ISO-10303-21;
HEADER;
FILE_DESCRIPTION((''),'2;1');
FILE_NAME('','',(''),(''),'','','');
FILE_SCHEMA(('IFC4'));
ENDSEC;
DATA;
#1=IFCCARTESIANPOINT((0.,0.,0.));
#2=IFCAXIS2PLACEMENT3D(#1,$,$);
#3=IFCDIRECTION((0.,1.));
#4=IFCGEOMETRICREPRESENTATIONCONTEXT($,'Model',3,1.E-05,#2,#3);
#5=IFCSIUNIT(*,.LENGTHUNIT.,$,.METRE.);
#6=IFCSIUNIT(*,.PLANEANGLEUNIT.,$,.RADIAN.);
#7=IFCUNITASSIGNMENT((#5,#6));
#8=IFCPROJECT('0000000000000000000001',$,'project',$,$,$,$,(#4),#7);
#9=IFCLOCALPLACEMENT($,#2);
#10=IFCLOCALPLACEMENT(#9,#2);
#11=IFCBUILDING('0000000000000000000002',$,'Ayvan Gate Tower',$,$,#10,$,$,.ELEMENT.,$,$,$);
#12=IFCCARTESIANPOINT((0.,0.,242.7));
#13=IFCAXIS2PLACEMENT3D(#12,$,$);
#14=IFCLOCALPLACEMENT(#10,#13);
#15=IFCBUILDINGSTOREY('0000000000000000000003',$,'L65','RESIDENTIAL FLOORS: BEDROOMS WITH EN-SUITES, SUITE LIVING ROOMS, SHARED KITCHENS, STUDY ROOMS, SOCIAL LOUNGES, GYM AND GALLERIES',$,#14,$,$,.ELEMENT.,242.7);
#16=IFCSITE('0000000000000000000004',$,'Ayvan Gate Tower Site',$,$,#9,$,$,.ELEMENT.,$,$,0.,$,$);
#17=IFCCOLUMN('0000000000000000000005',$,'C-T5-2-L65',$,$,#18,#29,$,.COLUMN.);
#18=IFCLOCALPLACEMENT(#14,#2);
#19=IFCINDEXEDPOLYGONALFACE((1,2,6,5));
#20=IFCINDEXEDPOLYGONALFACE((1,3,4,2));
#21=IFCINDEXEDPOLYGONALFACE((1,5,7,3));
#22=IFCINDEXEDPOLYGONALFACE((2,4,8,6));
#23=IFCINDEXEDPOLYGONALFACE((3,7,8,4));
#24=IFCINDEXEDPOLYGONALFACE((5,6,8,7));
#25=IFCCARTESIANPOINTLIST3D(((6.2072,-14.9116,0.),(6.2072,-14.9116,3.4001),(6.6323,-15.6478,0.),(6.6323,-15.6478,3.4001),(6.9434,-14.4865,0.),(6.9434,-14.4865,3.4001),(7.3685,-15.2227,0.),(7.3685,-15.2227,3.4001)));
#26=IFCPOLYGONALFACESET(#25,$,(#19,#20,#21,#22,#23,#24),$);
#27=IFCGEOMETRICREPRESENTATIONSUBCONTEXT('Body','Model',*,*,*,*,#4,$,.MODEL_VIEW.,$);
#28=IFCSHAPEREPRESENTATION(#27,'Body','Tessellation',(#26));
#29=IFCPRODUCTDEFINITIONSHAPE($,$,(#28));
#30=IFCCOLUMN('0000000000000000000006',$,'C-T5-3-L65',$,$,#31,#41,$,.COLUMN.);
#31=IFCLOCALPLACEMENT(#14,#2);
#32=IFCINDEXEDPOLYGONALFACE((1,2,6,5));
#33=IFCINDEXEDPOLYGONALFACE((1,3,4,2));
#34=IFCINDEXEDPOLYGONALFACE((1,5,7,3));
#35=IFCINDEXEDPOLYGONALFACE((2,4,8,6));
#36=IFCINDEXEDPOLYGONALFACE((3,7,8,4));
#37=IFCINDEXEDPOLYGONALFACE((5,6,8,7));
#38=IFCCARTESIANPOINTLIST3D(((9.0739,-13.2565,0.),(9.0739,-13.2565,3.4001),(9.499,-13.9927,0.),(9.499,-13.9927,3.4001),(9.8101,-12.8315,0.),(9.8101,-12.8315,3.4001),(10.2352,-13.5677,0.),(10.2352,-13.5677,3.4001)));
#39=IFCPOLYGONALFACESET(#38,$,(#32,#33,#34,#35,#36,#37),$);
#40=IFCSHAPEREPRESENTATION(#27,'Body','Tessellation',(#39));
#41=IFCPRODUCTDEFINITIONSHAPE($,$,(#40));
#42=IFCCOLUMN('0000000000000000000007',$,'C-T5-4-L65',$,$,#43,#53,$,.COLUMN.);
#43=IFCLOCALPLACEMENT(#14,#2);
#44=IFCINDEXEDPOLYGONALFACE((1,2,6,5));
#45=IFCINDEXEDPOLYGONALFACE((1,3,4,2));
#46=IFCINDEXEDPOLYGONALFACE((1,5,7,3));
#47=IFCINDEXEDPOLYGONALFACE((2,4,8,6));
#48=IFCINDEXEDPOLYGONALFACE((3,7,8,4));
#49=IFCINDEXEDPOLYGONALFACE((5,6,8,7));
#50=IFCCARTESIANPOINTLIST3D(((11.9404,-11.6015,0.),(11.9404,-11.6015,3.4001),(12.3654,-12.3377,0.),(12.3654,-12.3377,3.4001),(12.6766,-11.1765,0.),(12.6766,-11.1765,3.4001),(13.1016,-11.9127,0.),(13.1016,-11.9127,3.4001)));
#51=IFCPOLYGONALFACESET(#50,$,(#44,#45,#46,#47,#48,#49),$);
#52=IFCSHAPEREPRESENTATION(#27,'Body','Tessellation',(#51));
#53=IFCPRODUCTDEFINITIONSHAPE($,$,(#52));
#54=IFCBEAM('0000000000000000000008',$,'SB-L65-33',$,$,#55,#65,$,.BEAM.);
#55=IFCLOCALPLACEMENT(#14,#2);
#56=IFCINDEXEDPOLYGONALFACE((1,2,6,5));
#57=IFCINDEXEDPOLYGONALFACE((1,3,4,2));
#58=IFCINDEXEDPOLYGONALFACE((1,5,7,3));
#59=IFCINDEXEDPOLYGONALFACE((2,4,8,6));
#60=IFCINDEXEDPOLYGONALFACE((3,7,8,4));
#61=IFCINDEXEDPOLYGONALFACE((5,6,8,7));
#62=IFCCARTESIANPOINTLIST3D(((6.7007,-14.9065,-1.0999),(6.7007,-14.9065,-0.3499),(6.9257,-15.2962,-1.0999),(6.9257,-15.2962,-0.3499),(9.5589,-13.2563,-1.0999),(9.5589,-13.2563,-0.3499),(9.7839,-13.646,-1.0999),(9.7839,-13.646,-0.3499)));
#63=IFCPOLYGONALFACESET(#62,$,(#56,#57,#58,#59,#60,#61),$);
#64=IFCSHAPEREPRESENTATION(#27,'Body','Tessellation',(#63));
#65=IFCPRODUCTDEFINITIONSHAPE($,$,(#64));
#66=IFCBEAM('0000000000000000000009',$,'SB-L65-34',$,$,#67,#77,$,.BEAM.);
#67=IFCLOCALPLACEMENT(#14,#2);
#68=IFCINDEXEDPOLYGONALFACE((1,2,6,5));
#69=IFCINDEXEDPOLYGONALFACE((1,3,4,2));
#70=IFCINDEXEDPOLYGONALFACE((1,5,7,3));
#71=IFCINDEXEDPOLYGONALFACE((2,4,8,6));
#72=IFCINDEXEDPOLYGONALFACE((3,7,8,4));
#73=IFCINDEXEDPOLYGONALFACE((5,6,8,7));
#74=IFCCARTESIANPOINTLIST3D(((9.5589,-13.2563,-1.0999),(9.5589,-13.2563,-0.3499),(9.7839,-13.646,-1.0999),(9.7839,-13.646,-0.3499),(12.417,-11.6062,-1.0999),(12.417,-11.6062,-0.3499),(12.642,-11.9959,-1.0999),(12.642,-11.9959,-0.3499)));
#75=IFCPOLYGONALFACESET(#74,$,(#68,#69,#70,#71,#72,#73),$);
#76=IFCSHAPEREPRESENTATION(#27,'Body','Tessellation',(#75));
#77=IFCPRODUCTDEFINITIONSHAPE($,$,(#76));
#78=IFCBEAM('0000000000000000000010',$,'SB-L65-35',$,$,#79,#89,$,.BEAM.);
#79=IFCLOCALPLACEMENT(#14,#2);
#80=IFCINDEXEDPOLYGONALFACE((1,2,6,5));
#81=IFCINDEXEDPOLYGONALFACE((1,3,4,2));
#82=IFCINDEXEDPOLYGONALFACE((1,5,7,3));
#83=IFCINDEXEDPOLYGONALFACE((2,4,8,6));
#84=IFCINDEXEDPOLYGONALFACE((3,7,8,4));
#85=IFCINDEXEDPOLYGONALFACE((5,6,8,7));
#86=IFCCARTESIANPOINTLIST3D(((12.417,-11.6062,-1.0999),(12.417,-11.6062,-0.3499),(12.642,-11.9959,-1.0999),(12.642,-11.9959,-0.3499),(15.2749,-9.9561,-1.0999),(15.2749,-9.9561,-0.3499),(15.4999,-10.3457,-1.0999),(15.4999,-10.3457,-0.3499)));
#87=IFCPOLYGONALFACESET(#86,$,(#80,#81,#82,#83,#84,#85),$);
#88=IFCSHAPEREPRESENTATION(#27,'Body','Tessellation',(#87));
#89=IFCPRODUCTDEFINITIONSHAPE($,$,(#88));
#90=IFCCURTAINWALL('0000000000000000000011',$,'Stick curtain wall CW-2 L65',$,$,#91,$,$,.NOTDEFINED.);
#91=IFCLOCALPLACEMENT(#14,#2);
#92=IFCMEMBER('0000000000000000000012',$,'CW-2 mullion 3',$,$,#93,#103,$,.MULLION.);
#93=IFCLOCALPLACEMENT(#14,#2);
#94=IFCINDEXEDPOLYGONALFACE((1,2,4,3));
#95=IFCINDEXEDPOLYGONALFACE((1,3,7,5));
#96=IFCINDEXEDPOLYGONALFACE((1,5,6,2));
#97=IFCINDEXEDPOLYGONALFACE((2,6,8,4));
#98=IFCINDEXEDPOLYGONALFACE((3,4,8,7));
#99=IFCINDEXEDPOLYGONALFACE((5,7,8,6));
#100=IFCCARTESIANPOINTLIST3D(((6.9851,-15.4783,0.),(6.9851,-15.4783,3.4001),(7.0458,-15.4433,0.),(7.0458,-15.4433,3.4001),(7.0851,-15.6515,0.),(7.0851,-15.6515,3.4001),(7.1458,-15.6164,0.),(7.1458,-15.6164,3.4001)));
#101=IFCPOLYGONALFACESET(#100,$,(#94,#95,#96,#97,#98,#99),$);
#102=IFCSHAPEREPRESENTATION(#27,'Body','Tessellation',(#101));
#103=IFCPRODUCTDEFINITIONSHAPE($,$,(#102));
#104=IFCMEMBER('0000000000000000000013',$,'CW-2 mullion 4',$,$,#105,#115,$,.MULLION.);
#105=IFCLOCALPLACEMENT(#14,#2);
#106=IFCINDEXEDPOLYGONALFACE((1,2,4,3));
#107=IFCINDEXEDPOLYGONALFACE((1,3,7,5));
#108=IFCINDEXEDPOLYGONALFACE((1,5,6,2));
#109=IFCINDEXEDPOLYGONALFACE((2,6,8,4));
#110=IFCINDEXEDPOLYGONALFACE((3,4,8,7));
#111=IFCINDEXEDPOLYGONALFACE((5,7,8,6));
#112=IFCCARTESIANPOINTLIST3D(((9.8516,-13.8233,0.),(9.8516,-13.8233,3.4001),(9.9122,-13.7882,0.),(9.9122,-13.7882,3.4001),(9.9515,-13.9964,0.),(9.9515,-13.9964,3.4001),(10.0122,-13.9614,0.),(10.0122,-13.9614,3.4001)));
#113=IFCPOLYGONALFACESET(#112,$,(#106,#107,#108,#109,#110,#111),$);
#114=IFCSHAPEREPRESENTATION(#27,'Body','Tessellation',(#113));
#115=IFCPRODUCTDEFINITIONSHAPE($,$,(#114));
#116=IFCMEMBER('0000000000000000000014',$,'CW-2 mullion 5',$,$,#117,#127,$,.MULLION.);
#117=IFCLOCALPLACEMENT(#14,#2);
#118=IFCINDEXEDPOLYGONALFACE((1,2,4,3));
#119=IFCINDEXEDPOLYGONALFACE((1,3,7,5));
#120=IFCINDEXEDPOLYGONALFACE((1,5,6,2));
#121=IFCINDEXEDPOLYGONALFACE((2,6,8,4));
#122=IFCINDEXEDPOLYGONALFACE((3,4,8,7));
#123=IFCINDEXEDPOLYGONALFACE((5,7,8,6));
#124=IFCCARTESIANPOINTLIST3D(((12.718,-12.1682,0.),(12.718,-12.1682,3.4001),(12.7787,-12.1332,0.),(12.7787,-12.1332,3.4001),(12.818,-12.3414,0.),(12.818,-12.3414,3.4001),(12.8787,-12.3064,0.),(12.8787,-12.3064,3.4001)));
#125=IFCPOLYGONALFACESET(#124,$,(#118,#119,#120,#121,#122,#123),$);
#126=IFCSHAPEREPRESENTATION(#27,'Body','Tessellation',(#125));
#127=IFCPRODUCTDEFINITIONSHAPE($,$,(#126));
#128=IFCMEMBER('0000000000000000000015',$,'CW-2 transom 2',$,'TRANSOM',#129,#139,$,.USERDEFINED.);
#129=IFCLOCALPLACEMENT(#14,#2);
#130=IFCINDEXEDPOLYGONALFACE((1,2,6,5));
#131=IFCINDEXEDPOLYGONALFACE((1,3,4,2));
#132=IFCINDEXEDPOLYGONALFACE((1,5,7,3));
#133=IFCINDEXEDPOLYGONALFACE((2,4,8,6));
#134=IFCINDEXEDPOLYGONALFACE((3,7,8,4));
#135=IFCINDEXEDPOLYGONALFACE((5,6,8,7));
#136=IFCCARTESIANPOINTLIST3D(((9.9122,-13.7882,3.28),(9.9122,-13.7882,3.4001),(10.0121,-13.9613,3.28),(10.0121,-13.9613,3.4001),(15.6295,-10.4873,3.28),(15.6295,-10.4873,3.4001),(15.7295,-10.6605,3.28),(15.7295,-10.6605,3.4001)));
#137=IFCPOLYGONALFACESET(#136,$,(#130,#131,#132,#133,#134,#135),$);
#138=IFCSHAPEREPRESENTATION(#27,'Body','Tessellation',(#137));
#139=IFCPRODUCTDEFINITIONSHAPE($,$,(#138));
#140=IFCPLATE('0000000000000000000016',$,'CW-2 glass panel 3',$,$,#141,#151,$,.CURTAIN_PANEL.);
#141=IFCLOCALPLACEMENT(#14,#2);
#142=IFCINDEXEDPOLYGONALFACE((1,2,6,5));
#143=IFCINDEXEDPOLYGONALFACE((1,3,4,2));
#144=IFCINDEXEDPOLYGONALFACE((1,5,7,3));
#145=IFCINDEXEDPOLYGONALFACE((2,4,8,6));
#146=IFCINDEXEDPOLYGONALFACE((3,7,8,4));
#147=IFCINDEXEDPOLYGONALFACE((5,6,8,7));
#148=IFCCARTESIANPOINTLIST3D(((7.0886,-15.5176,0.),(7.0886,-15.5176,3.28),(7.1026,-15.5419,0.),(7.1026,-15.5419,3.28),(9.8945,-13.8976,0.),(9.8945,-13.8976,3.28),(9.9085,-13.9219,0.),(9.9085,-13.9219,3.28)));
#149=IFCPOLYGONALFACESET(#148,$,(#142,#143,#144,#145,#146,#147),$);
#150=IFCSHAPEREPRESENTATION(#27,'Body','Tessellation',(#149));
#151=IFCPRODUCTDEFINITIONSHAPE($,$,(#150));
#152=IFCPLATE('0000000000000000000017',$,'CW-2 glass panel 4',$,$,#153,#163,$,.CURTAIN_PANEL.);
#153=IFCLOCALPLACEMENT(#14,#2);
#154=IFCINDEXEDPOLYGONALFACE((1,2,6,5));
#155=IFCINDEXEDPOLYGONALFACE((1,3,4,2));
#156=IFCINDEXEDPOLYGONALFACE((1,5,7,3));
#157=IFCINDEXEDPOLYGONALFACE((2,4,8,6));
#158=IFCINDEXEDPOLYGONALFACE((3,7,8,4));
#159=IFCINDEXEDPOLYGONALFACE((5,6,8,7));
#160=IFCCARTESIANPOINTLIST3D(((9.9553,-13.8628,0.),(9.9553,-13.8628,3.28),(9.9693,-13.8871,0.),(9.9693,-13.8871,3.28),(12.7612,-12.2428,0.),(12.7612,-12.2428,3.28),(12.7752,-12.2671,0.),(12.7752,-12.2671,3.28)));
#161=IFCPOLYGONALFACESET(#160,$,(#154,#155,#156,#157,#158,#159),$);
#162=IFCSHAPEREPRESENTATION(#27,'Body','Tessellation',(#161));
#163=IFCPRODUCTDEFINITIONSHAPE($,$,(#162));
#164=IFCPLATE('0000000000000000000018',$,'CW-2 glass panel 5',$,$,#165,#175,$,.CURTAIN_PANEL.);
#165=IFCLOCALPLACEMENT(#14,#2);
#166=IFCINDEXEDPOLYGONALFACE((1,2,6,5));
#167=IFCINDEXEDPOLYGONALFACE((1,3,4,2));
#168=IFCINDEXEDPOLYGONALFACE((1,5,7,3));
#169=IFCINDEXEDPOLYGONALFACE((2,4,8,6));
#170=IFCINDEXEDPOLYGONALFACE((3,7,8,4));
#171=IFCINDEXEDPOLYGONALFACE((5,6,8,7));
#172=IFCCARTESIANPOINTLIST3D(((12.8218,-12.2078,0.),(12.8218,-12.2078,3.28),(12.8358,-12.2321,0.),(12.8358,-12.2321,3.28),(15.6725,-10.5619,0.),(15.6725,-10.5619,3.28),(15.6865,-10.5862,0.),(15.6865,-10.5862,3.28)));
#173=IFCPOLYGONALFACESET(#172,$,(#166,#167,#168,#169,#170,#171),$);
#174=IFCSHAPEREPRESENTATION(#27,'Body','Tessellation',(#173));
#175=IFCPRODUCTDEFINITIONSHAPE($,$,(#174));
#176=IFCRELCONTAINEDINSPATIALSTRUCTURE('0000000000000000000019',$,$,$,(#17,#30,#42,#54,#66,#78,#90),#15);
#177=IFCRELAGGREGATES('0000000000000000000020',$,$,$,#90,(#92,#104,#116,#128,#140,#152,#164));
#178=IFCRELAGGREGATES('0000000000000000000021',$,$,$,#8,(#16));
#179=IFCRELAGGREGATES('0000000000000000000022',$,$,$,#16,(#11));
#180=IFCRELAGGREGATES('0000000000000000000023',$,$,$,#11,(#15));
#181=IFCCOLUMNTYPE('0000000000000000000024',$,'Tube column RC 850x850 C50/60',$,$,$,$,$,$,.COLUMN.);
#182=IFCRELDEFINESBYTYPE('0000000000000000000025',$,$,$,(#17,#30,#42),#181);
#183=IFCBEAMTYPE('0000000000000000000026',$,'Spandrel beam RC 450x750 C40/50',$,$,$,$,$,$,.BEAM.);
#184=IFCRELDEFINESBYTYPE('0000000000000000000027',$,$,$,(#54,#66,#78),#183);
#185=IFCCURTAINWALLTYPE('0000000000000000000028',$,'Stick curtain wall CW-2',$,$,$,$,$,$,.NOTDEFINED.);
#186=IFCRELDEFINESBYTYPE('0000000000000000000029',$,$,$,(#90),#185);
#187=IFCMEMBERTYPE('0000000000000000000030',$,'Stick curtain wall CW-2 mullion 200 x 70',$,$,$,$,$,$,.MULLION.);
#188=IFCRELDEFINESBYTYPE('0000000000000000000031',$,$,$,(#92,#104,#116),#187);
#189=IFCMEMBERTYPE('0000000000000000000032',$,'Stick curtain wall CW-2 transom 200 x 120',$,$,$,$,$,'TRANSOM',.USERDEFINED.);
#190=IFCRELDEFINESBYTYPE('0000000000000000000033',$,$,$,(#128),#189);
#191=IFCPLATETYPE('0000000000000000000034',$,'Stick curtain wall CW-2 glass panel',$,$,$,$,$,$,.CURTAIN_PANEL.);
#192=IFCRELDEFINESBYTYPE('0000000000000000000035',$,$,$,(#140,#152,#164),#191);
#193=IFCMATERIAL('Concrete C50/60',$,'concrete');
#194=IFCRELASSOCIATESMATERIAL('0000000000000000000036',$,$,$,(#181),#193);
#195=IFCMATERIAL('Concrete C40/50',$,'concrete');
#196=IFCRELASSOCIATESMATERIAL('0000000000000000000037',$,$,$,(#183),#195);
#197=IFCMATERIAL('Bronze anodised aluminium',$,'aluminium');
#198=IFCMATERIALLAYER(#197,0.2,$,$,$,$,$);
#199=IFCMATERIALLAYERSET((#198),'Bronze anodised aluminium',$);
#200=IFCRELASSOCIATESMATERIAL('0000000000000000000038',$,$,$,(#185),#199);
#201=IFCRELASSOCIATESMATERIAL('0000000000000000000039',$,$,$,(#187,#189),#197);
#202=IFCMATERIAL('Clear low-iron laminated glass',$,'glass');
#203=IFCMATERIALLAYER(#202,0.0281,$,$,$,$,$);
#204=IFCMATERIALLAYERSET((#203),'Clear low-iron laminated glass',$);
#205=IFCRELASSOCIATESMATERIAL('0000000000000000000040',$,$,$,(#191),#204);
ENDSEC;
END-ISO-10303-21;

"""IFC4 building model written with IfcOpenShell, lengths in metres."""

from ifc_helpers import new_model, si_unit, direction, frame, origin, origin_2d, place, context, subcontext, project, spatial, rectangle, extrude, material, layer, layer_set, material_profile, profile_set, type_object, element, aggregate, save


model = new_model("IFC4")

# Units and contexts
model_context = context("Model", 3, precision=1e-05, world=origin(), true_north=direction((0.0, 1.0)))
body_context = subcontext(model_context, "Body", "Model", "MODEL_VIEW")
ifc_project = project(units=[si_unit("LENGTHUNIT", "METRE"), si_unit("PLANEANGLEUNIT", "RADIAN")], contexts=[model_context])

# Site, building, storey
site_placement = place(None, origin())
site = spatial("IfcSite", under=ifc_project, at=site_placement, Name="Ayvan Gate Tower Site", CompositionType="ELEMENT", RefElevation=0.0)
building_placement = place(site_placement, origin())
building = spatial("IfcBuilding", under=site, at=building_placement, Name="Ayvan Gate Tower", CompositionType="ELEMENT")
storey_placement = place(building_placement, frame((0.0, 0.0, 242.7)))
storey = spatial("IfcBuildingStorey", under=building, at=storey_placement, Name="L65", Description="RESIDENTIAL FLOORS: BEDROOMS WITH EN-SUITES, SUITE LIVING ROOMS, SHARED KITCHENS, STUDY ROOMS, SOCIAL LOUNGES, GYM AND GALLERIES", CompositionType="ELEMENT", Elevation=242.7)

# Columns
ifc_material_1 = material(Name="Concrete C50/60", Category="concrete")
ifc_material_profile_1 = material_profile(ifc_material_1, rectangle(XDim=0.8501, YDim=0.8501, at=origin_2d()), Name="RC 850x850")
ifc_profile_set_1 = profile_set([ifc_material_profile_1], Name="Concrete C50/60")
column_type = type_object("IfcColumnType", Name="Tube column RC 850x850 C50/60", PredefinedType="COLUMN", material=ifc_profile_set_1)
for number, where, z_axis, x_axis, name in (
    (1, (6.7878, -15.0671, 0.0), (0.0, 0.0, 1.0), (0.5, -0.866025, 0.0), "C-T5-2-L65"),
    (2, (9.6545, -13.4121, 0.0), (0.0, 0.0, 1.0), (0.5, -0.866025, 0.0), "C-T5-3-L65"),
    (3, (12.521, -11.7571, 0.0), (0.0, 0.0, 1.0), (0.5, -0.866025, 0.0), "C-T5-4-L65"),
):
    element("IfcColumn", number, at=place(storey_placement, frame(where, z_axis=z_axis, x_axis=x_axis)), inside=storey, type_object=column_type, Name=name, PredefinedType="COLUMN", context=body_context, shape_type="SweptSolid", body=[
        extrude(rectangle(XDim=0.8501, YDim=0.8501, at=origin_2d()), origin(), (0.0, 0.0, 1.0), 3.4001),
    ])

# Beams
ifc_material_2 = material(Name="Concrete C40/50", Category="concrete")
ifc_material_profile_2 = material_profile(ifc_material_2, rectangle(XDim=0.45, YDim=0.75, at=origin_2d()), Name="RC 450x750")
ifc_profile_set_2 = profile_set([ifc_material_profile_2], Name="Concrete C40/50")
beam_type = type_object("IfcBeamType", Name="Spandrel beam RC 450x750 C40/50", PredefinedType="BEAM", material=ifc_profile_set_2)
for number, where, z_axis, x_axis, name in (
    (4, (6.8132, -15.1013, -0.7249), (0.866027, 0.499998, 0.0), (-0.499998, 0.866027, 0.0), "SB-L65-33"),
    (5, (9.6714, -13.4512, -0.7249), (0.866027, 0.499998, 0.0), (-0.499998, 0.866027, 0.0), "SB-L65-34"),
):
    element("IfcBeam", number, at=place(storey_placement, frame(where, z_axis=z_axis, x_axis=x_axis)), inside=storey, type_object=beam_type, Name=name, PredefinedType="BEAM", context=body_context, shape_type="SweptSolid", body=[
        extrude(rectangle(XDim=0.45, YDim=0.75, at=origin_2d()), origin(), (0.0, 0.0, 1.0), 3.3003),
    ])
beam_placement = place(storey_placement, frame((12.5295, -11.801, -0.7249), z_axis=(0.866008, 0.50003, 0.0), x_axis=(-0.50003, 0.866008, 0.0)))
element("IfcBeam", 6, at=beam_placement, inside=storey, type_object=beam_type, Name="SB-L65-35", PredefinedType="BEAM", context=body_context, shape_type="SweptSolid", body=[
    extrude(rectangle(XDim=0.45, YDim=0.75, at=origin_2d()), origin(), (0.0, 0.0, 1.0), 3.3),
])

# Curtain wall, members, plates
ifc_material_3 = material(Name="Bronze anodised aluminium", Category="aluminium")
ifc_layer_1 = layer(ifc_material_3, 0.2)
ifc_layer_set_1 = layer_set([ifc_layer_1], Name="Bronze anodised aluminium")
curtain_wall_type = type_object("IfcCurtainWallType", Name="Stick curtain wall CW-2", PredefinedType="NOTDEFINED", material=ifc_layer_set_1)
curtain_wall_placement = place(storey_placement, origin())
curtain_wall = element("IfcCurtainWall", 7, at=curtain_wall_placement, inside=storey, type_object=curtain_wall_type, Name="Stick curtain wall CW-2 L65", PredefinedType="NOTDEFINED")
ifc_material_profile_3 = material_profile(ifc_material_3, rectangle(XDim=0.2, YDim=0.0701, at=origin_2d()), Name="Stick curtain wall CW-2 mullion 200 x 70")
ifc_profile_set_3 = profile_set([ifc_material_profile_3], Name="Bronze anodised aluminium")
member_type_1 = type_object("IfcMemberType", Name="Stick curtain wall CW-2 mullion 200 x 70", PredefinedType="MULLION", material=ifc_profile_set_3)
member_1_placement = place(storey_placement, frame((7.0654, -15.5474, 0.0), z_axis=(0.0, 0.0, 1.0), x_axis=(0.5, -0.866025, 0.0)))
member_1 = element("IfcMember", 8, at=member_1_placement, type_object=member_type_1, Name="CW-2 mullion 3", PredefinedType="MULLION", context=body_context, shape_type="SweptSolid", body=[
    extrude(rectangle(XDim=0.2, YDim=0.0701, at=origin_2d()), origin(), (0.0, 0.0, 1.0), 3.4001),
])
member_2_placement = place(storey_placement, frame((9.9319, -13.8923, 0.0), z_axis=(0.0, 0.0, 1.0), x_axis=(0.5, -0.866025, 0.0)))
member_2 = element("IfcMember", 9, at=member_2_placement, type_object=member_type_1, Name="CW-2 mullion 4", PredefinedType="MULLION", context=body_context, shape_type="SweptSolid", body=[
    extrude(rectangle(XDim=0.2, YDim=0.0701, at=origin_2d()), origin(), (0.0, 0.0, 1.0), 3.4001),
])
member_3_placement = place(storey_placement, frame((12.7983, -12.2373, 0.0), z_axis=(0.0, 0.0, 1.0), x_axis=(0.5, -0.866025, 0.0)))
member_3 = element("IfcMember", 10, at=member_3_placement, type_object=member_type_1, Name="CW-2 mullion 5", PredefinedType="MULLION", context=body_context, shape_type="SweptSolid", body=[
    extrude(rectangle(XDim=0.2, YDim=0.0701, at=origin_2d()), origin(), (0.0, 0.0, 1.0), 3.4001),
])
ifc_material_profile_4 = material_profile(ifc_material_3, rectangle(XDim=0.2, YDim=0.1201, at=origin_2d()), Name="Stick curtain wall CW-2 transom 200 x 120")
ifc_profile_set_4 = profile_set([ifc_material_profile_4], Name="Bronze anodised aluminium")
member_type_2 = type_object("IfcMemberType", Name="Stick curtain wall CW-2 transom 200 x 120", ElementType="TRANSOM", PredefinedType="USERDEFINED", material=ifc_profile_set_4)
member_4_placement = place(storey_placement, frame((9.9622, -13.8748, 3.3401), z_axis=(0.866032, 0.499989, 0.0), x_axis=(-0.499989, 0.866032, 0.0)))
member_4 = element("IfcMember", 11, at=member_4_placement, type_object=member_type_2, Name="CW-2 transom 2", ObjectType="TRANSOM", PredefinedType="USERDEFINED", context=body_context, shape_type="SweptSolid", body=[
    extrude(rectangle(XDim=0.2, YDim=0.1201, at=origin_2d()), origin(), (0.0, 0.0, 1.0), 6.6018),
])
ifc_material_4 = material(Name="Clear low-iron laminated glass", Category="glass")
ifc_layer_2 = layer(ifc_material_4, 0.0281)
ifc_layer_set_2 = layer_set([ifc_layer_2], Name="Clear low-iron laminated glass")
plate_type = type_object("IfcPlateType", Name="Stick curtain wall CW-2 glass panel", PredefinedType="CURTAIN_PANEL", material=ifc_layer_set_2)
plate_1_placement = place(storey_placement, frame((8.4985, -14.7197, 0.0), z_axis=(0.0, 0.0, 1.0), x_axis=(0.866025, 0.5, 0.0)))
plate_1 = element("IfcPlate", 12, at=plate_1_placement, type_object=plate_type, Name="CW-2 glass panel 3", PredefinedType="CURTAIN_PANEL", context=body_context, shape_type="SweptSolid", body=[
    extrude(rectangle(XDim=3.24, YDim=0.0281, at=origin_2d()), origin(), (0.0, 0.0, 1.0), 3.28),
])
plate_2_placement = place(storey_placement, frame((11.3652, -13.0649, 0.0), z_axis=(0.0, 0.0, 1.0), x_axis=(0.866025, 0.5, 0.0)))
plate_2 = element("IfcPlate", 13, at=plate_2_placement, type_object=plate_type, Name="CW-2 glass panel 4", PredefinedType="CURTAIN_PANEL", context=body_context, shape_type="SweptSolid", body=[
    extrude(rectangle(XDim=3.24, YDim=0.0281, at=origin_2d()), origin(), (0.0, 0.0, 1.0), 3.28),
])
plate_3_placement = place(storey_placement, frame((14.2542, -11.397, 0.0), z_axis=(0.0, 0.0, 1.0), x_axis=(0.866025, 0.5, 0.0)))
plate_3 = element("IfcPlate", 14, at=plate_3_placement, type_object=plate_type, Name="CW-2 glass panel 5", PredefinedType="CURTAIN_PANEL", context=body_context, shape_type="SweptSolid", body=[
    extrude(rectangle(XDim=3.2917, YDim=0.0281, at=origin_2d()), origin(), (0.0, 0.0, 1.0), 3.28),
])
aggregate(curtain_wall, [member_1, member_2, member_3, member_4, plate_1, plate_2, plate_3])

save(model, "model.ifc")
